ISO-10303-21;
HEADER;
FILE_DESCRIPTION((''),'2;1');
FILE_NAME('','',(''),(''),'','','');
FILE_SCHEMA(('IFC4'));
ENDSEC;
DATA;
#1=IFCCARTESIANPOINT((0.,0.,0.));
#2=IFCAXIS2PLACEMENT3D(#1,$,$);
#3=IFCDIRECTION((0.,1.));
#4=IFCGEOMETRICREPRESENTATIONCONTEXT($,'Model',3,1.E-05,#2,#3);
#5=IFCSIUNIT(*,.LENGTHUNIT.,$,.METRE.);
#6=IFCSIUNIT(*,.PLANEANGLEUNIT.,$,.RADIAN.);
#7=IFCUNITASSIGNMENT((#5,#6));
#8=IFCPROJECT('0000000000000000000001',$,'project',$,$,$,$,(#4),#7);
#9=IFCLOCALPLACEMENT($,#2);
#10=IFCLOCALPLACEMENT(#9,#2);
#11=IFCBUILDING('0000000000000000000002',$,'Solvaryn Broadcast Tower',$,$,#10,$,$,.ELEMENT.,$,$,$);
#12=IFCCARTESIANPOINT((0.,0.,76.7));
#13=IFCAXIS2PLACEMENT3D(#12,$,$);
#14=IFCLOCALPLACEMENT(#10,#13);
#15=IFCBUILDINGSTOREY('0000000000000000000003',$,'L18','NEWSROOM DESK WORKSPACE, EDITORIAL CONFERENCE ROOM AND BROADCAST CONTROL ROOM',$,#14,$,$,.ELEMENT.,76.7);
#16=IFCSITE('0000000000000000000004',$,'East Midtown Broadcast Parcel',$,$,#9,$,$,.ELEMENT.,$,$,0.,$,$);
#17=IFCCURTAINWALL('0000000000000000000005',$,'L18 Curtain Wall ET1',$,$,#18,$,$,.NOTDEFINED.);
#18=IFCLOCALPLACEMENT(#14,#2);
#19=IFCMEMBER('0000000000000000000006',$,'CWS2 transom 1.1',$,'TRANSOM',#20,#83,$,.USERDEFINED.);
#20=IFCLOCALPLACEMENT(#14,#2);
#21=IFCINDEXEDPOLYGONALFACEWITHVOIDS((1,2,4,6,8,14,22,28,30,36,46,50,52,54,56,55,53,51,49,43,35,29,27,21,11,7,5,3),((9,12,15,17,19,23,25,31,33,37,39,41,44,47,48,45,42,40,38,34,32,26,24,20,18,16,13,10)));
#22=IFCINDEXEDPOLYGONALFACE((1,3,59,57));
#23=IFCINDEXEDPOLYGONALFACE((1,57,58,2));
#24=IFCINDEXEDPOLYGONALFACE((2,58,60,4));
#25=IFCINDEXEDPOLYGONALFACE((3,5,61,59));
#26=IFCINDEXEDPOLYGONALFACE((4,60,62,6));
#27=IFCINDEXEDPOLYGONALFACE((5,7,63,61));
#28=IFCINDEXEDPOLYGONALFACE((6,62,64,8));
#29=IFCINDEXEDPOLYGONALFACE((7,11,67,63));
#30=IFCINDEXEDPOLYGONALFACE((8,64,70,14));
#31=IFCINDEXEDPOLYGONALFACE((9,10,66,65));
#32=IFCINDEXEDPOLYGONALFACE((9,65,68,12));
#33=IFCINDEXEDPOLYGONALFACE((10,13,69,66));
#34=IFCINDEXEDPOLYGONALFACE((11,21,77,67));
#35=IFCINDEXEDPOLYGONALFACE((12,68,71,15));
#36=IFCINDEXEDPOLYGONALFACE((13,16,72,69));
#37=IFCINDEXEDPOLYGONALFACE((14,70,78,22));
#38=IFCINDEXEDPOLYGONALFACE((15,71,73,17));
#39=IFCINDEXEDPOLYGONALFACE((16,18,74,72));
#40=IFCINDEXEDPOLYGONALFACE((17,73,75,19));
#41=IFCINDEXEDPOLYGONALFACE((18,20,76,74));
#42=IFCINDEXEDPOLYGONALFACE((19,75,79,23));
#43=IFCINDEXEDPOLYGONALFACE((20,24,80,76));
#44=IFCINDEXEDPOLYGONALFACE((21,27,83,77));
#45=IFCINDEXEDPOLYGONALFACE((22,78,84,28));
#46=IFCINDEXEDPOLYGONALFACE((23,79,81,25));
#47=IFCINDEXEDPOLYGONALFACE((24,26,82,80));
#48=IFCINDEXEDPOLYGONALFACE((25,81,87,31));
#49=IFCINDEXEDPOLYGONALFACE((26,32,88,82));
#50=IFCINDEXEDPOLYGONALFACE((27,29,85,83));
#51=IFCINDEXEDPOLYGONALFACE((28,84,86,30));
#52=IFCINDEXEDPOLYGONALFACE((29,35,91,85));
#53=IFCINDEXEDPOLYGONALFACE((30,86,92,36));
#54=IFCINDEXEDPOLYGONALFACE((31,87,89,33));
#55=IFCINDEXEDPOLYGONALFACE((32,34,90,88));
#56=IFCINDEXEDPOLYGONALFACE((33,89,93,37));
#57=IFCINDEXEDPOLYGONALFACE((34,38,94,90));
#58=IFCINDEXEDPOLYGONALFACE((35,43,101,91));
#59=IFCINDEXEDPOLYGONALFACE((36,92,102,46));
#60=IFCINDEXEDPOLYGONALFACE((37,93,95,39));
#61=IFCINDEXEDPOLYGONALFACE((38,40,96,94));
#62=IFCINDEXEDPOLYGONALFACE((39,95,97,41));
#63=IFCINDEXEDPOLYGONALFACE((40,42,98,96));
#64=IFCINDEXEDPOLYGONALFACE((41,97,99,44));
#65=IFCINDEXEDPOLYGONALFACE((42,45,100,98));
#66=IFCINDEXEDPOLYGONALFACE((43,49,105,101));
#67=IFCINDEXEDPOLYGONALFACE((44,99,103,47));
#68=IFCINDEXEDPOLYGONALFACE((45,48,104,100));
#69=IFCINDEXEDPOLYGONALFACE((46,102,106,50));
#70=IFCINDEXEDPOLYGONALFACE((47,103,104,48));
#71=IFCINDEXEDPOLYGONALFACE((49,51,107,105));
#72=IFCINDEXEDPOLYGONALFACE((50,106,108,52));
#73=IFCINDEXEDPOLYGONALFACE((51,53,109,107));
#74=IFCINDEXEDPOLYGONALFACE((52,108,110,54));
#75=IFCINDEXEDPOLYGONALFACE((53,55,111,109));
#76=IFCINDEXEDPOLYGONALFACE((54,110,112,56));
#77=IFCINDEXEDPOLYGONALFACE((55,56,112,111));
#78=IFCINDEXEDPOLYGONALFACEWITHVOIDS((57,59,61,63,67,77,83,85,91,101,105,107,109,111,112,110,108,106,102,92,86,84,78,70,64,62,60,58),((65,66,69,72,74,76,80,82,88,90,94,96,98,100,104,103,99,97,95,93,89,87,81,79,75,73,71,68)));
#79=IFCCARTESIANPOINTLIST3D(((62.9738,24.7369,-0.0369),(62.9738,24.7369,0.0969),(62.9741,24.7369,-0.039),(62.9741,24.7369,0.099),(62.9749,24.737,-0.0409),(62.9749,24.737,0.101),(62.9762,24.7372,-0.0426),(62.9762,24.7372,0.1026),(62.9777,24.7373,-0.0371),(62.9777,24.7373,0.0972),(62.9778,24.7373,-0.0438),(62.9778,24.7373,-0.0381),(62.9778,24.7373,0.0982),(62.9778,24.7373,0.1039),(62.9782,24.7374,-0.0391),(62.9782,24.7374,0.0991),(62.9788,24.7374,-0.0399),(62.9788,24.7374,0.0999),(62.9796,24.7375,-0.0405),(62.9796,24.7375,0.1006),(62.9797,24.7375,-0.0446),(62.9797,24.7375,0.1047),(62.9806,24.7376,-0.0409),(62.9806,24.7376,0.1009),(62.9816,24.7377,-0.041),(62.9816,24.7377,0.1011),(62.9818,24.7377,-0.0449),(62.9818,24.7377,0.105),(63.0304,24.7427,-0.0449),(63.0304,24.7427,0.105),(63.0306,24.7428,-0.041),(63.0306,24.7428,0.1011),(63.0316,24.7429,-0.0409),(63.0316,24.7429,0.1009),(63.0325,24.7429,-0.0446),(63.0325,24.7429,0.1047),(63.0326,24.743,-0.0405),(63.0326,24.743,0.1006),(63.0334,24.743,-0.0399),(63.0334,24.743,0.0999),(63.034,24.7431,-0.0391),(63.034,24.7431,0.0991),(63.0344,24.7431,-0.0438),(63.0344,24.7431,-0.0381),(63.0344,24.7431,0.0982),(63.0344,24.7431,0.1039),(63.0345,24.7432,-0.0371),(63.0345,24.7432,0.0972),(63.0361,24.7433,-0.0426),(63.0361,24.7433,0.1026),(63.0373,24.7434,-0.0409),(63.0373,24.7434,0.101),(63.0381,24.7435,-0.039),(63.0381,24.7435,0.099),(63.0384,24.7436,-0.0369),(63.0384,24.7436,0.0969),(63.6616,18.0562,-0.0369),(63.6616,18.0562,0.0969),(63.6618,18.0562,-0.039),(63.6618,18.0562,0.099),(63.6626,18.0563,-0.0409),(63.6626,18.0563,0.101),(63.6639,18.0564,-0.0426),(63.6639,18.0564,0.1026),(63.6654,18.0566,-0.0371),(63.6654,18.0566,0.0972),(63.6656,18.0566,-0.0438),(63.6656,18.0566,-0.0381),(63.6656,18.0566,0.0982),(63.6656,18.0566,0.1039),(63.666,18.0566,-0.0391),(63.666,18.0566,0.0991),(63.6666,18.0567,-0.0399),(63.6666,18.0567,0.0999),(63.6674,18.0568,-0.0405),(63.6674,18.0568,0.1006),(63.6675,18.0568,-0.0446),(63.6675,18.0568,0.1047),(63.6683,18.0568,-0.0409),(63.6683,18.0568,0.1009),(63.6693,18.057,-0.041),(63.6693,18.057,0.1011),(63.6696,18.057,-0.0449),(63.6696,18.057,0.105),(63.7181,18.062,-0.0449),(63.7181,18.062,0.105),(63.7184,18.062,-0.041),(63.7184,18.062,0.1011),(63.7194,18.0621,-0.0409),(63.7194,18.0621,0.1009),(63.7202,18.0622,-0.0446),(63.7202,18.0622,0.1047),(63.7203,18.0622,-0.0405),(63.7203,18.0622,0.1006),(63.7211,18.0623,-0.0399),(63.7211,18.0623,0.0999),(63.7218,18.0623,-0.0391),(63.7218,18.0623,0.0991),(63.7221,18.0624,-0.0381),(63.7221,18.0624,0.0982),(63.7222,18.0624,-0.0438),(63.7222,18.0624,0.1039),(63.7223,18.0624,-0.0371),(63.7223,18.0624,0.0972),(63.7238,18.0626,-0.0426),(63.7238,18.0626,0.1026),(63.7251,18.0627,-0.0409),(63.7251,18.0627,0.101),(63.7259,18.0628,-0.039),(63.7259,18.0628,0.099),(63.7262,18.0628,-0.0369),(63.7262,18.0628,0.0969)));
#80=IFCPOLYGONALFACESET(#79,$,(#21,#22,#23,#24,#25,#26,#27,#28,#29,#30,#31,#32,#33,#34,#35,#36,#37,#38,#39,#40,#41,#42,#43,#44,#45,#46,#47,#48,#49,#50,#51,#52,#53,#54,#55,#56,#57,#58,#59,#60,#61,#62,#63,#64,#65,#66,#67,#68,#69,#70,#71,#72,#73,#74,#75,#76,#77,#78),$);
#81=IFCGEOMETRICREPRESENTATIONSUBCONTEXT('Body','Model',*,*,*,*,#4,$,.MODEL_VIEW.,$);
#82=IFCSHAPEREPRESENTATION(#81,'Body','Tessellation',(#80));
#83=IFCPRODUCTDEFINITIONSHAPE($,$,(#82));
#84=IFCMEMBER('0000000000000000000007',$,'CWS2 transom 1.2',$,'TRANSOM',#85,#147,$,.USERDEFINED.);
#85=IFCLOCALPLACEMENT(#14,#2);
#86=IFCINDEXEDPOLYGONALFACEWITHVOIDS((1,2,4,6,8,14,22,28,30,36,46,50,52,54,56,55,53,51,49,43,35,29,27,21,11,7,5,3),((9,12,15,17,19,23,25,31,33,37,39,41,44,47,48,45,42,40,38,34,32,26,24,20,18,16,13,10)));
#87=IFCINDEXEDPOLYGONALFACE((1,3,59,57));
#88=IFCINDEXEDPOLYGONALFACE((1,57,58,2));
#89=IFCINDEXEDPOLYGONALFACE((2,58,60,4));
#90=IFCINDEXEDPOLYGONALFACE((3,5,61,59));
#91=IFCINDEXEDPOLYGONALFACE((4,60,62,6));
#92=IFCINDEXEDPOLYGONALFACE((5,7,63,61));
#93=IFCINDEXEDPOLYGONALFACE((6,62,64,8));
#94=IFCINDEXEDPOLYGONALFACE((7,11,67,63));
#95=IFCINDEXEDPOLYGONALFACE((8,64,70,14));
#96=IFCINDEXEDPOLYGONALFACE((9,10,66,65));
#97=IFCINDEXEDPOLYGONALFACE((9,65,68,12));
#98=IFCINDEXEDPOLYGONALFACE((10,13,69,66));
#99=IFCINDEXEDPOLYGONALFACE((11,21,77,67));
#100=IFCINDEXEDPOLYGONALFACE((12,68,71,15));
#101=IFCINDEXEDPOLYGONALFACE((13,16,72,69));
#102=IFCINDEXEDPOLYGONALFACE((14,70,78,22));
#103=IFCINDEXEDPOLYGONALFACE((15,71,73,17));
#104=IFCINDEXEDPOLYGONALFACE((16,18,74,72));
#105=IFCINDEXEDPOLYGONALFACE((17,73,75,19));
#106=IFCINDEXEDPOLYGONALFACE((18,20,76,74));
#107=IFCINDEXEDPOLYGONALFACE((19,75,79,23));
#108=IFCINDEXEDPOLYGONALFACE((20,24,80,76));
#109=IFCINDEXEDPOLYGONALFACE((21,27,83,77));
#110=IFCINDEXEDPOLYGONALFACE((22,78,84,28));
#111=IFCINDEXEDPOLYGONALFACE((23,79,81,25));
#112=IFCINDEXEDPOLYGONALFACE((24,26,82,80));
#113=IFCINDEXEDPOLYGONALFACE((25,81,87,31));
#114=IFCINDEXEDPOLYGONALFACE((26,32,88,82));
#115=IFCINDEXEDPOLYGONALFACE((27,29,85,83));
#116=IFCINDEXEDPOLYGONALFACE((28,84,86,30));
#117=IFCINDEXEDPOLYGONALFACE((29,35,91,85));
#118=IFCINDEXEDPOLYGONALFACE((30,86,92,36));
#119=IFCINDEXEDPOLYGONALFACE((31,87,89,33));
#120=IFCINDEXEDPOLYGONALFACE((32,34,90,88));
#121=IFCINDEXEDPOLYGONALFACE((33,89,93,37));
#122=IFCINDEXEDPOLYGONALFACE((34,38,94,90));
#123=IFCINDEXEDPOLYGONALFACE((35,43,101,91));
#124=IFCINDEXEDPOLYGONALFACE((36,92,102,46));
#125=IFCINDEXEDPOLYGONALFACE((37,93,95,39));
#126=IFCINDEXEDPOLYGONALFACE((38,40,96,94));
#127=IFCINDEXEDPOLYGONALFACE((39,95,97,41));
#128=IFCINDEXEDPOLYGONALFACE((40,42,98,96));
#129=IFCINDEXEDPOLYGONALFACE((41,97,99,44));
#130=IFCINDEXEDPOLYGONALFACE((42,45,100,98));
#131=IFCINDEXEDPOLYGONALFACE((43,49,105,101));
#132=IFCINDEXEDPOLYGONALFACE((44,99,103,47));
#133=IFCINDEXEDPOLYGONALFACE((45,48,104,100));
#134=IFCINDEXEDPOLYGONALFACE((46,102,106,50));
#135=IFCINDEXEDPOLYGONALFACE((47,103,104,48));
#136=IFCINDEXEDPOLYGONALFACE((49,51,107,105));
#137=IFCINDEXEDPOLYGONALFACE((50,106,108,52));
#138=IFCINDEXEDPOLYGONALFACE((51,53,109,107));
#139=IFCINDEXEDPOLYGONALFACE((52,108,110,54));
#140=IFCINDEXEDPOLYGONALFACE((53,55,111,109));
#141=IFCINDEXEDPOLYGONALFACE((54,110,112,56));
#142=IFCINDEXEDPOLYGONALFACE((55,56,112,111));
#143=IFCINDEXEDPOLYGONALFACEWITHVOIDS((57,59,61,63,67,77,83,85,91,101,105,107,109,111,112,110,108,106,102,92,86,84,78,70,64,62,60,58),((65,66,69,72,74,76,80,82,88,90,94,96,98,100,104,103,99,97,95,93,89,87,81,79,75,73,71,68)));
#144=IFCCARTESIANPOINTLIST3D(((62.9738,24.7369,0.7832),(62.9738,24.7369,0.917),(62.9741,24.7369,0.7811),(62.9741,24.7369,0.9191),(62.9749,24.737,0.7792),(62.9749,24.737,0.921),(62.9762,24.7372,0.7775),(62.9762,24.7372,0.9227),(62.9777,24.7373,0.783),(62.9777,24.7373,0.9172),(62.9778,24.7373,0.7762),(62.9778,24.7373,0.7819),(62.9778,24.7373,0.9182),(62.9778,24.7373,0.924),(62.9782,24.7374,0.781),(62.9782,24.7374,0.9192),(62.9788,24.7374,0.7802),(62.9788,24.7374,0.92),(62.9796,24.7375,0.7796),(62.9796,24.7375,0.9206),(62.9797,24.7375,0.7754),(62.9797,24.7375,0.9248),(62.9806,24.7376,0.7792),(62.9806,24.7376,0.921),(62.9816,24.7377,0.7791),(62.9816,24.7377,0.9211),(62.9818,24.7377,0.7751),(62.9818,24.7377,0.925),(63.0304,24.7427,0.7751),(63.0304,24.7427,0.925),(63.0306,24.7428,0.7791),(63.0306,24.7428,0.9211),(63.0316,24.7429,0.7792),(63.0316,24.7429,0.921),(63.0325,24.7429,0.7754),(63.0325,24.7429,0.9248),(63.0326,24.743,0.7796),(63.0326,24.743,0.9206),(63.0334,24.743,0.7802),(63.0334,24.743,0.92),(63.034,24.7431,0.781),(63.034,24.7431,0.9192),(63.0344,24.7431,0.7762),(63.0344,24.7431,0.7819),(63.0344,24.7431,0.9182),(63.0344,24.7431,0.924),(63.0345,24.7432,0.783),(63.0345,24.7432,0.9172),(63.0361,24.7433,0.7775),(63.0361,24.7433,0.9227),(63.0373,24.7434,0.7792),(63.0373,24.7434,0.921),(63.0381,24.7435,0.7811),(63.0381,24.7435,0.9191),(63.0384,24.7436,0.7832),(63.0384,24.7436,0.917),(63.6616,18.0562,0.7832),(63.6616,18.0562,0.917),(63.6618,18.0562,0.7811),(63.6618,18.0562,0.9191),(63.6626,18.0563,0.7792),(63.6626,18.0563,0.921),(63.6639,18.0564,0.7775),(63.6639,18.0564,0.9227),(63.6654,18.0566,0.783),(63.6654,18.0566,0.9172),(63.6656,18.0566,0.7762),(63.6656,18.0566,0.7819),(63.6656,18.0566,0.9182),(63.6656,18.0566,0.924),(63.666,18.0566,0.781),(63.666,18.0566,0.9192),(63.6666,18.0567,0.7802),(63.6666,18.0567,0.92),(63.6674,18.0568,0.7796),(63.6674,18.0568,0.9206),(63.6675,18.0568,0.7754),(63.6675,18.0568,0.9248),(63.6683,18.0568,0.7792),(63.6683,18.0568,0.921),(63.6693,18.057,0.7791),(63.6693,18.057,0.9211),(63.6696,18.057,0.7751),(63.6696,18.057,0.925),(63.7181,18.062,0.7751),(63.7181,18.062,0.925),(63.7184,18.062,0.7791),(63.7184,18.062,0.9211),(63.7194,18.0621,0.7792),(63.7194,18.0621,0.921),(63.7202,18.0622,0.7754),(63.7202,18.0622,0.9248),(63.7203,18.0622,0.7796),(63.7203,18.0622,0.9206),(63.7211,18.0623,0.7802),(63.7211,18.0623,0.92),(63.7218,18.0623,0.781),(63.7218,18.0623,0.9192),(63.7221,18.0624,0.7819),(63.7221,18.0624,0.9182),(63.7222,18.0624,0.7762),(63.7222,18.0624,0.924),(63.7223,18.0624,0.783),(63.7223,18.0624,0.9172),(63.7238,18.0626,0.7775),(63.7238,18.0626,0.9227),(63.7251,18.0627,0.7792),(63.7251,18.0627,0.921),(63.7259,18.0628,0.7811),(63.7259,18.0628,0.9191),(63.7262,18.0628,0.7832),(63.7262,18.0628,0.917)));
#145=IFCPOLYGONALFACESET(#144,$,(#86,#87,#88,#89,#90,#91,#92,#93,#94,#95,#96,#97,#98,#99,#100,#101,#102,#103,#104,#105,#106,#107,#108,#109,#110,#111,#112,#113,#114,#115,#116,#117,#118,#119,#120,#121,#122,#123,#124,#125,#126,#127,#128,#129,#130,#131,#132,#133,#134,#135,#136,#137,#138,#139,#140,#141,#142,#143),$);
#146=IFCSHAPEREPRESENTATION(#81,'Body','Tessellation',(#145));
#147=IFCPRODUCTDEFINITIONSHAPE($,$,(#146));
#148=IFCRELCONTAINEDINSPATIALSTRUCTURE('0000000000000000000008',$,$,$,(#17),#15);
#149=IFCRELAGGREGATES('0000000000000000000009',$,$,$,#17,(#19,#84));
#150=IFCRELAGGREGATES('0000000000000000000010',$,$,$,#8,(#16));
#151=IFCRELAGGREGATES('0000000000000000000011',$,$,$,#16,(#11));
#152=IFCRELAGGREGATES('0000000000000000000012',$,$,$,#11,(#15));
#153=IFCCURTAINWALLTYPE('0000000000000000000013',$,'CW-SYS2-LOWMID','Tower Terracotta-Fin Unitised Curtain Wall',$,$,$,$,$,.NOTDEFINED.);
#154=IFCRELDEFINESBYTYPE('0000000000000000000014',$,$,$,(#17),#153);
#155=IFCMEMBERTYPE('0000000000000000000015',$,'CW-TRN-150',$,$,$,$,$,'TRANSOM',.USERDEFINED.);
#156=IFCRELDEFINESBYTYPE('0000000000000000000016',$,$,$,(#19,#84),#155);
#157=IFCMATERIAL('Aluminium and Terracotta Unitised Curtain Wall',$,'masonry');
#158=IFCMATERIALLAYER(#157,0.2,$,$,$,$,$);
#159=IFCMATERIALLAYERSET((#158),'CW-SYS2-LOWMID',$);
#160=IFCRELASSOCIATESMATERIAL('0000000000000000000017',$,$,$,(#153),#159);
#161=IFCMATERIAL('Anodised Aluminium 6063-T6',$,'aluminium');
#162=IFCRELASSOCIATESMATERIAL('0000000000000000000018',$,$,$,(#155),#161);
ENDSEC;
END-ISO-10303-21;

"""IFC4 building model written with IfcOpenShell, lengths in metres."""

from ifc_helpers import new_model, si_unit, direction, frame, origin, origin_2d, place, context, subcontext, project, spatial, hollow_rectangle, extrude, material, layer, layer_set, material_profile, profile_set, type_object, element, aggregate, save


model = new_model("IFC4")

# Units and contexts
model_context = context("Model", 3, precision=1e-05, world=origin(), true_north=direction((0.0, 1.0)))
body_context = subcontext(model_context, "Body", "Model", "MODEL_VIEW")
ifc_project = project(units=[si_unit("LENGTHUNIT", "METRE"), si_unit("PLANEANGLEUNIT", "RADIAN")], contexts=[model_context])

# Site, building, storey
site_placement = place(None, origin())
site = spatial("IfcSite", under=ifc_project, at=site_placement, Name="East Midtown Broadcast Parcel", CompositionType="ELEMENT", RefElevation=0.0)
building_placement = place(site_placement, origin())
building = spatial("IfcBuilding", under=site, at=building_placement, Name="Solvaryn Broadcast Tower", CompositionType="ELEMENT")
storey_placement = place(building_placement, frame((0.0, 0.0, 76.7)))
storey = spatial("IfcBuildingStorey", under=building, at=storey_placement, Name="L18", Description="NEWSROOM DESK WORKSPACE, EDITORIAL CONFERENCE ROOM AND BROADCAST CONTROL ROOM", CompositionType="ELEMENT", Elevation=76.7)

# Curtain wall
ifc_material_1 = material(Name="Aluminium and Terracotta Unitised Curtain Wall", Category="masonry")
ifc_layer_1 = layer(ifc_material_1, 0.2)
ifc_layer_set_1 = layer_set([ifc_layer_1], Name="CW-SYS2-LOWMID")
curtain_wall_type = type_object("IfcCurtainWallType", Name="CW-SYS2-LOWMID", Description="Tower Terracotta-Fin Unitised Curtain Wall", PredefinedType="NOTDEFINED", material=ifc_layer_set_1)
curtain_wall_1_placement = place(storey_placement, origin())
curtain_wall_1 = element("IfcCurtainWall", 1, at=curtain_wall_1_placement, inside=storey, type_object=curtain_wall_type, Name="L18 Curtain Wall ET1", PredefinedType="NOTDEFINED")

# Members
ifc_material_2 = material(Name="Anodised Aluminium 6063-T6", Category="aluminium")
ifc_material_profile_1 = material_profile(ifc_material_2, hollow_rectangle(XDim=0.0649, YDim=0.1499, WallThickness=0.0039, InnerFilletRadius=0.0039, OuterFilletRadius=0.0081, at=origin_2d()))
ifc_profile_set_1 = profile_set([ifc_material_profile_1], Name="Anodised Aluminium 6063-T6")
member_type_1 = type_object("IfcMemberType", Name="CW-TRN-150", ElementType="TRANSOM", PredefinedType="USERDEFINED", material=ifc_profile_set_1)
member_1_placement = place(storey_placement, frame((63.0061, 24.7402, 0.03), z_axis=(0.102404, -0.994743, 0.0), x_axis=(0.994743, 0.102404, 0.0)))
member_1 = element("IfcMember", 2, at=member_1_placement, type_object=member_type_1, Name="CWS2 transom 1.1", ObjectType="TRANSOM", PredefinedType="USERDEFINED", context=body_context, shape_type="SweptSolid", body=[
    extrude(hollow_rectangle(XDim=0.0649, YDim=0.1499, WallThickness=0.0039, InnerFilletRadius=0.0039, OuterFilletRadius=0.0081, at=origin_2d()), origin(), (0.0, 0.0, 1.0), 6.7161),
])
member_2_placement = place(storey_placement, frame((63.0061, 24.7402, 0.8501), z_axis=(0.102404, -0.994743, 0.0), x_axis=(0.994743, 0.102404, 0.0)))
member_2 = element("IfcMember", 3, at=member_2_placement, type_object=member_type_1, Name="CWS2 transom 1.2", ObjectType="TRANSOM", PredefinedType="USERDEFINED", context=body_context, shape_type="SweptSolid", body=[
    extrude(hollow_rectangle(XDim=0.0649, YDim=0.1499, WallThickness=0.0039, InnerFilletRadius=0.0039, OuterFilletRadius=0.0081, at=origin_2d()), origin(), (0.0, 0.0, 1.0), 6.7161),
])

aggregate(curtain_wall_1, [member_1, member_2])

save(model, "model.ifc")
